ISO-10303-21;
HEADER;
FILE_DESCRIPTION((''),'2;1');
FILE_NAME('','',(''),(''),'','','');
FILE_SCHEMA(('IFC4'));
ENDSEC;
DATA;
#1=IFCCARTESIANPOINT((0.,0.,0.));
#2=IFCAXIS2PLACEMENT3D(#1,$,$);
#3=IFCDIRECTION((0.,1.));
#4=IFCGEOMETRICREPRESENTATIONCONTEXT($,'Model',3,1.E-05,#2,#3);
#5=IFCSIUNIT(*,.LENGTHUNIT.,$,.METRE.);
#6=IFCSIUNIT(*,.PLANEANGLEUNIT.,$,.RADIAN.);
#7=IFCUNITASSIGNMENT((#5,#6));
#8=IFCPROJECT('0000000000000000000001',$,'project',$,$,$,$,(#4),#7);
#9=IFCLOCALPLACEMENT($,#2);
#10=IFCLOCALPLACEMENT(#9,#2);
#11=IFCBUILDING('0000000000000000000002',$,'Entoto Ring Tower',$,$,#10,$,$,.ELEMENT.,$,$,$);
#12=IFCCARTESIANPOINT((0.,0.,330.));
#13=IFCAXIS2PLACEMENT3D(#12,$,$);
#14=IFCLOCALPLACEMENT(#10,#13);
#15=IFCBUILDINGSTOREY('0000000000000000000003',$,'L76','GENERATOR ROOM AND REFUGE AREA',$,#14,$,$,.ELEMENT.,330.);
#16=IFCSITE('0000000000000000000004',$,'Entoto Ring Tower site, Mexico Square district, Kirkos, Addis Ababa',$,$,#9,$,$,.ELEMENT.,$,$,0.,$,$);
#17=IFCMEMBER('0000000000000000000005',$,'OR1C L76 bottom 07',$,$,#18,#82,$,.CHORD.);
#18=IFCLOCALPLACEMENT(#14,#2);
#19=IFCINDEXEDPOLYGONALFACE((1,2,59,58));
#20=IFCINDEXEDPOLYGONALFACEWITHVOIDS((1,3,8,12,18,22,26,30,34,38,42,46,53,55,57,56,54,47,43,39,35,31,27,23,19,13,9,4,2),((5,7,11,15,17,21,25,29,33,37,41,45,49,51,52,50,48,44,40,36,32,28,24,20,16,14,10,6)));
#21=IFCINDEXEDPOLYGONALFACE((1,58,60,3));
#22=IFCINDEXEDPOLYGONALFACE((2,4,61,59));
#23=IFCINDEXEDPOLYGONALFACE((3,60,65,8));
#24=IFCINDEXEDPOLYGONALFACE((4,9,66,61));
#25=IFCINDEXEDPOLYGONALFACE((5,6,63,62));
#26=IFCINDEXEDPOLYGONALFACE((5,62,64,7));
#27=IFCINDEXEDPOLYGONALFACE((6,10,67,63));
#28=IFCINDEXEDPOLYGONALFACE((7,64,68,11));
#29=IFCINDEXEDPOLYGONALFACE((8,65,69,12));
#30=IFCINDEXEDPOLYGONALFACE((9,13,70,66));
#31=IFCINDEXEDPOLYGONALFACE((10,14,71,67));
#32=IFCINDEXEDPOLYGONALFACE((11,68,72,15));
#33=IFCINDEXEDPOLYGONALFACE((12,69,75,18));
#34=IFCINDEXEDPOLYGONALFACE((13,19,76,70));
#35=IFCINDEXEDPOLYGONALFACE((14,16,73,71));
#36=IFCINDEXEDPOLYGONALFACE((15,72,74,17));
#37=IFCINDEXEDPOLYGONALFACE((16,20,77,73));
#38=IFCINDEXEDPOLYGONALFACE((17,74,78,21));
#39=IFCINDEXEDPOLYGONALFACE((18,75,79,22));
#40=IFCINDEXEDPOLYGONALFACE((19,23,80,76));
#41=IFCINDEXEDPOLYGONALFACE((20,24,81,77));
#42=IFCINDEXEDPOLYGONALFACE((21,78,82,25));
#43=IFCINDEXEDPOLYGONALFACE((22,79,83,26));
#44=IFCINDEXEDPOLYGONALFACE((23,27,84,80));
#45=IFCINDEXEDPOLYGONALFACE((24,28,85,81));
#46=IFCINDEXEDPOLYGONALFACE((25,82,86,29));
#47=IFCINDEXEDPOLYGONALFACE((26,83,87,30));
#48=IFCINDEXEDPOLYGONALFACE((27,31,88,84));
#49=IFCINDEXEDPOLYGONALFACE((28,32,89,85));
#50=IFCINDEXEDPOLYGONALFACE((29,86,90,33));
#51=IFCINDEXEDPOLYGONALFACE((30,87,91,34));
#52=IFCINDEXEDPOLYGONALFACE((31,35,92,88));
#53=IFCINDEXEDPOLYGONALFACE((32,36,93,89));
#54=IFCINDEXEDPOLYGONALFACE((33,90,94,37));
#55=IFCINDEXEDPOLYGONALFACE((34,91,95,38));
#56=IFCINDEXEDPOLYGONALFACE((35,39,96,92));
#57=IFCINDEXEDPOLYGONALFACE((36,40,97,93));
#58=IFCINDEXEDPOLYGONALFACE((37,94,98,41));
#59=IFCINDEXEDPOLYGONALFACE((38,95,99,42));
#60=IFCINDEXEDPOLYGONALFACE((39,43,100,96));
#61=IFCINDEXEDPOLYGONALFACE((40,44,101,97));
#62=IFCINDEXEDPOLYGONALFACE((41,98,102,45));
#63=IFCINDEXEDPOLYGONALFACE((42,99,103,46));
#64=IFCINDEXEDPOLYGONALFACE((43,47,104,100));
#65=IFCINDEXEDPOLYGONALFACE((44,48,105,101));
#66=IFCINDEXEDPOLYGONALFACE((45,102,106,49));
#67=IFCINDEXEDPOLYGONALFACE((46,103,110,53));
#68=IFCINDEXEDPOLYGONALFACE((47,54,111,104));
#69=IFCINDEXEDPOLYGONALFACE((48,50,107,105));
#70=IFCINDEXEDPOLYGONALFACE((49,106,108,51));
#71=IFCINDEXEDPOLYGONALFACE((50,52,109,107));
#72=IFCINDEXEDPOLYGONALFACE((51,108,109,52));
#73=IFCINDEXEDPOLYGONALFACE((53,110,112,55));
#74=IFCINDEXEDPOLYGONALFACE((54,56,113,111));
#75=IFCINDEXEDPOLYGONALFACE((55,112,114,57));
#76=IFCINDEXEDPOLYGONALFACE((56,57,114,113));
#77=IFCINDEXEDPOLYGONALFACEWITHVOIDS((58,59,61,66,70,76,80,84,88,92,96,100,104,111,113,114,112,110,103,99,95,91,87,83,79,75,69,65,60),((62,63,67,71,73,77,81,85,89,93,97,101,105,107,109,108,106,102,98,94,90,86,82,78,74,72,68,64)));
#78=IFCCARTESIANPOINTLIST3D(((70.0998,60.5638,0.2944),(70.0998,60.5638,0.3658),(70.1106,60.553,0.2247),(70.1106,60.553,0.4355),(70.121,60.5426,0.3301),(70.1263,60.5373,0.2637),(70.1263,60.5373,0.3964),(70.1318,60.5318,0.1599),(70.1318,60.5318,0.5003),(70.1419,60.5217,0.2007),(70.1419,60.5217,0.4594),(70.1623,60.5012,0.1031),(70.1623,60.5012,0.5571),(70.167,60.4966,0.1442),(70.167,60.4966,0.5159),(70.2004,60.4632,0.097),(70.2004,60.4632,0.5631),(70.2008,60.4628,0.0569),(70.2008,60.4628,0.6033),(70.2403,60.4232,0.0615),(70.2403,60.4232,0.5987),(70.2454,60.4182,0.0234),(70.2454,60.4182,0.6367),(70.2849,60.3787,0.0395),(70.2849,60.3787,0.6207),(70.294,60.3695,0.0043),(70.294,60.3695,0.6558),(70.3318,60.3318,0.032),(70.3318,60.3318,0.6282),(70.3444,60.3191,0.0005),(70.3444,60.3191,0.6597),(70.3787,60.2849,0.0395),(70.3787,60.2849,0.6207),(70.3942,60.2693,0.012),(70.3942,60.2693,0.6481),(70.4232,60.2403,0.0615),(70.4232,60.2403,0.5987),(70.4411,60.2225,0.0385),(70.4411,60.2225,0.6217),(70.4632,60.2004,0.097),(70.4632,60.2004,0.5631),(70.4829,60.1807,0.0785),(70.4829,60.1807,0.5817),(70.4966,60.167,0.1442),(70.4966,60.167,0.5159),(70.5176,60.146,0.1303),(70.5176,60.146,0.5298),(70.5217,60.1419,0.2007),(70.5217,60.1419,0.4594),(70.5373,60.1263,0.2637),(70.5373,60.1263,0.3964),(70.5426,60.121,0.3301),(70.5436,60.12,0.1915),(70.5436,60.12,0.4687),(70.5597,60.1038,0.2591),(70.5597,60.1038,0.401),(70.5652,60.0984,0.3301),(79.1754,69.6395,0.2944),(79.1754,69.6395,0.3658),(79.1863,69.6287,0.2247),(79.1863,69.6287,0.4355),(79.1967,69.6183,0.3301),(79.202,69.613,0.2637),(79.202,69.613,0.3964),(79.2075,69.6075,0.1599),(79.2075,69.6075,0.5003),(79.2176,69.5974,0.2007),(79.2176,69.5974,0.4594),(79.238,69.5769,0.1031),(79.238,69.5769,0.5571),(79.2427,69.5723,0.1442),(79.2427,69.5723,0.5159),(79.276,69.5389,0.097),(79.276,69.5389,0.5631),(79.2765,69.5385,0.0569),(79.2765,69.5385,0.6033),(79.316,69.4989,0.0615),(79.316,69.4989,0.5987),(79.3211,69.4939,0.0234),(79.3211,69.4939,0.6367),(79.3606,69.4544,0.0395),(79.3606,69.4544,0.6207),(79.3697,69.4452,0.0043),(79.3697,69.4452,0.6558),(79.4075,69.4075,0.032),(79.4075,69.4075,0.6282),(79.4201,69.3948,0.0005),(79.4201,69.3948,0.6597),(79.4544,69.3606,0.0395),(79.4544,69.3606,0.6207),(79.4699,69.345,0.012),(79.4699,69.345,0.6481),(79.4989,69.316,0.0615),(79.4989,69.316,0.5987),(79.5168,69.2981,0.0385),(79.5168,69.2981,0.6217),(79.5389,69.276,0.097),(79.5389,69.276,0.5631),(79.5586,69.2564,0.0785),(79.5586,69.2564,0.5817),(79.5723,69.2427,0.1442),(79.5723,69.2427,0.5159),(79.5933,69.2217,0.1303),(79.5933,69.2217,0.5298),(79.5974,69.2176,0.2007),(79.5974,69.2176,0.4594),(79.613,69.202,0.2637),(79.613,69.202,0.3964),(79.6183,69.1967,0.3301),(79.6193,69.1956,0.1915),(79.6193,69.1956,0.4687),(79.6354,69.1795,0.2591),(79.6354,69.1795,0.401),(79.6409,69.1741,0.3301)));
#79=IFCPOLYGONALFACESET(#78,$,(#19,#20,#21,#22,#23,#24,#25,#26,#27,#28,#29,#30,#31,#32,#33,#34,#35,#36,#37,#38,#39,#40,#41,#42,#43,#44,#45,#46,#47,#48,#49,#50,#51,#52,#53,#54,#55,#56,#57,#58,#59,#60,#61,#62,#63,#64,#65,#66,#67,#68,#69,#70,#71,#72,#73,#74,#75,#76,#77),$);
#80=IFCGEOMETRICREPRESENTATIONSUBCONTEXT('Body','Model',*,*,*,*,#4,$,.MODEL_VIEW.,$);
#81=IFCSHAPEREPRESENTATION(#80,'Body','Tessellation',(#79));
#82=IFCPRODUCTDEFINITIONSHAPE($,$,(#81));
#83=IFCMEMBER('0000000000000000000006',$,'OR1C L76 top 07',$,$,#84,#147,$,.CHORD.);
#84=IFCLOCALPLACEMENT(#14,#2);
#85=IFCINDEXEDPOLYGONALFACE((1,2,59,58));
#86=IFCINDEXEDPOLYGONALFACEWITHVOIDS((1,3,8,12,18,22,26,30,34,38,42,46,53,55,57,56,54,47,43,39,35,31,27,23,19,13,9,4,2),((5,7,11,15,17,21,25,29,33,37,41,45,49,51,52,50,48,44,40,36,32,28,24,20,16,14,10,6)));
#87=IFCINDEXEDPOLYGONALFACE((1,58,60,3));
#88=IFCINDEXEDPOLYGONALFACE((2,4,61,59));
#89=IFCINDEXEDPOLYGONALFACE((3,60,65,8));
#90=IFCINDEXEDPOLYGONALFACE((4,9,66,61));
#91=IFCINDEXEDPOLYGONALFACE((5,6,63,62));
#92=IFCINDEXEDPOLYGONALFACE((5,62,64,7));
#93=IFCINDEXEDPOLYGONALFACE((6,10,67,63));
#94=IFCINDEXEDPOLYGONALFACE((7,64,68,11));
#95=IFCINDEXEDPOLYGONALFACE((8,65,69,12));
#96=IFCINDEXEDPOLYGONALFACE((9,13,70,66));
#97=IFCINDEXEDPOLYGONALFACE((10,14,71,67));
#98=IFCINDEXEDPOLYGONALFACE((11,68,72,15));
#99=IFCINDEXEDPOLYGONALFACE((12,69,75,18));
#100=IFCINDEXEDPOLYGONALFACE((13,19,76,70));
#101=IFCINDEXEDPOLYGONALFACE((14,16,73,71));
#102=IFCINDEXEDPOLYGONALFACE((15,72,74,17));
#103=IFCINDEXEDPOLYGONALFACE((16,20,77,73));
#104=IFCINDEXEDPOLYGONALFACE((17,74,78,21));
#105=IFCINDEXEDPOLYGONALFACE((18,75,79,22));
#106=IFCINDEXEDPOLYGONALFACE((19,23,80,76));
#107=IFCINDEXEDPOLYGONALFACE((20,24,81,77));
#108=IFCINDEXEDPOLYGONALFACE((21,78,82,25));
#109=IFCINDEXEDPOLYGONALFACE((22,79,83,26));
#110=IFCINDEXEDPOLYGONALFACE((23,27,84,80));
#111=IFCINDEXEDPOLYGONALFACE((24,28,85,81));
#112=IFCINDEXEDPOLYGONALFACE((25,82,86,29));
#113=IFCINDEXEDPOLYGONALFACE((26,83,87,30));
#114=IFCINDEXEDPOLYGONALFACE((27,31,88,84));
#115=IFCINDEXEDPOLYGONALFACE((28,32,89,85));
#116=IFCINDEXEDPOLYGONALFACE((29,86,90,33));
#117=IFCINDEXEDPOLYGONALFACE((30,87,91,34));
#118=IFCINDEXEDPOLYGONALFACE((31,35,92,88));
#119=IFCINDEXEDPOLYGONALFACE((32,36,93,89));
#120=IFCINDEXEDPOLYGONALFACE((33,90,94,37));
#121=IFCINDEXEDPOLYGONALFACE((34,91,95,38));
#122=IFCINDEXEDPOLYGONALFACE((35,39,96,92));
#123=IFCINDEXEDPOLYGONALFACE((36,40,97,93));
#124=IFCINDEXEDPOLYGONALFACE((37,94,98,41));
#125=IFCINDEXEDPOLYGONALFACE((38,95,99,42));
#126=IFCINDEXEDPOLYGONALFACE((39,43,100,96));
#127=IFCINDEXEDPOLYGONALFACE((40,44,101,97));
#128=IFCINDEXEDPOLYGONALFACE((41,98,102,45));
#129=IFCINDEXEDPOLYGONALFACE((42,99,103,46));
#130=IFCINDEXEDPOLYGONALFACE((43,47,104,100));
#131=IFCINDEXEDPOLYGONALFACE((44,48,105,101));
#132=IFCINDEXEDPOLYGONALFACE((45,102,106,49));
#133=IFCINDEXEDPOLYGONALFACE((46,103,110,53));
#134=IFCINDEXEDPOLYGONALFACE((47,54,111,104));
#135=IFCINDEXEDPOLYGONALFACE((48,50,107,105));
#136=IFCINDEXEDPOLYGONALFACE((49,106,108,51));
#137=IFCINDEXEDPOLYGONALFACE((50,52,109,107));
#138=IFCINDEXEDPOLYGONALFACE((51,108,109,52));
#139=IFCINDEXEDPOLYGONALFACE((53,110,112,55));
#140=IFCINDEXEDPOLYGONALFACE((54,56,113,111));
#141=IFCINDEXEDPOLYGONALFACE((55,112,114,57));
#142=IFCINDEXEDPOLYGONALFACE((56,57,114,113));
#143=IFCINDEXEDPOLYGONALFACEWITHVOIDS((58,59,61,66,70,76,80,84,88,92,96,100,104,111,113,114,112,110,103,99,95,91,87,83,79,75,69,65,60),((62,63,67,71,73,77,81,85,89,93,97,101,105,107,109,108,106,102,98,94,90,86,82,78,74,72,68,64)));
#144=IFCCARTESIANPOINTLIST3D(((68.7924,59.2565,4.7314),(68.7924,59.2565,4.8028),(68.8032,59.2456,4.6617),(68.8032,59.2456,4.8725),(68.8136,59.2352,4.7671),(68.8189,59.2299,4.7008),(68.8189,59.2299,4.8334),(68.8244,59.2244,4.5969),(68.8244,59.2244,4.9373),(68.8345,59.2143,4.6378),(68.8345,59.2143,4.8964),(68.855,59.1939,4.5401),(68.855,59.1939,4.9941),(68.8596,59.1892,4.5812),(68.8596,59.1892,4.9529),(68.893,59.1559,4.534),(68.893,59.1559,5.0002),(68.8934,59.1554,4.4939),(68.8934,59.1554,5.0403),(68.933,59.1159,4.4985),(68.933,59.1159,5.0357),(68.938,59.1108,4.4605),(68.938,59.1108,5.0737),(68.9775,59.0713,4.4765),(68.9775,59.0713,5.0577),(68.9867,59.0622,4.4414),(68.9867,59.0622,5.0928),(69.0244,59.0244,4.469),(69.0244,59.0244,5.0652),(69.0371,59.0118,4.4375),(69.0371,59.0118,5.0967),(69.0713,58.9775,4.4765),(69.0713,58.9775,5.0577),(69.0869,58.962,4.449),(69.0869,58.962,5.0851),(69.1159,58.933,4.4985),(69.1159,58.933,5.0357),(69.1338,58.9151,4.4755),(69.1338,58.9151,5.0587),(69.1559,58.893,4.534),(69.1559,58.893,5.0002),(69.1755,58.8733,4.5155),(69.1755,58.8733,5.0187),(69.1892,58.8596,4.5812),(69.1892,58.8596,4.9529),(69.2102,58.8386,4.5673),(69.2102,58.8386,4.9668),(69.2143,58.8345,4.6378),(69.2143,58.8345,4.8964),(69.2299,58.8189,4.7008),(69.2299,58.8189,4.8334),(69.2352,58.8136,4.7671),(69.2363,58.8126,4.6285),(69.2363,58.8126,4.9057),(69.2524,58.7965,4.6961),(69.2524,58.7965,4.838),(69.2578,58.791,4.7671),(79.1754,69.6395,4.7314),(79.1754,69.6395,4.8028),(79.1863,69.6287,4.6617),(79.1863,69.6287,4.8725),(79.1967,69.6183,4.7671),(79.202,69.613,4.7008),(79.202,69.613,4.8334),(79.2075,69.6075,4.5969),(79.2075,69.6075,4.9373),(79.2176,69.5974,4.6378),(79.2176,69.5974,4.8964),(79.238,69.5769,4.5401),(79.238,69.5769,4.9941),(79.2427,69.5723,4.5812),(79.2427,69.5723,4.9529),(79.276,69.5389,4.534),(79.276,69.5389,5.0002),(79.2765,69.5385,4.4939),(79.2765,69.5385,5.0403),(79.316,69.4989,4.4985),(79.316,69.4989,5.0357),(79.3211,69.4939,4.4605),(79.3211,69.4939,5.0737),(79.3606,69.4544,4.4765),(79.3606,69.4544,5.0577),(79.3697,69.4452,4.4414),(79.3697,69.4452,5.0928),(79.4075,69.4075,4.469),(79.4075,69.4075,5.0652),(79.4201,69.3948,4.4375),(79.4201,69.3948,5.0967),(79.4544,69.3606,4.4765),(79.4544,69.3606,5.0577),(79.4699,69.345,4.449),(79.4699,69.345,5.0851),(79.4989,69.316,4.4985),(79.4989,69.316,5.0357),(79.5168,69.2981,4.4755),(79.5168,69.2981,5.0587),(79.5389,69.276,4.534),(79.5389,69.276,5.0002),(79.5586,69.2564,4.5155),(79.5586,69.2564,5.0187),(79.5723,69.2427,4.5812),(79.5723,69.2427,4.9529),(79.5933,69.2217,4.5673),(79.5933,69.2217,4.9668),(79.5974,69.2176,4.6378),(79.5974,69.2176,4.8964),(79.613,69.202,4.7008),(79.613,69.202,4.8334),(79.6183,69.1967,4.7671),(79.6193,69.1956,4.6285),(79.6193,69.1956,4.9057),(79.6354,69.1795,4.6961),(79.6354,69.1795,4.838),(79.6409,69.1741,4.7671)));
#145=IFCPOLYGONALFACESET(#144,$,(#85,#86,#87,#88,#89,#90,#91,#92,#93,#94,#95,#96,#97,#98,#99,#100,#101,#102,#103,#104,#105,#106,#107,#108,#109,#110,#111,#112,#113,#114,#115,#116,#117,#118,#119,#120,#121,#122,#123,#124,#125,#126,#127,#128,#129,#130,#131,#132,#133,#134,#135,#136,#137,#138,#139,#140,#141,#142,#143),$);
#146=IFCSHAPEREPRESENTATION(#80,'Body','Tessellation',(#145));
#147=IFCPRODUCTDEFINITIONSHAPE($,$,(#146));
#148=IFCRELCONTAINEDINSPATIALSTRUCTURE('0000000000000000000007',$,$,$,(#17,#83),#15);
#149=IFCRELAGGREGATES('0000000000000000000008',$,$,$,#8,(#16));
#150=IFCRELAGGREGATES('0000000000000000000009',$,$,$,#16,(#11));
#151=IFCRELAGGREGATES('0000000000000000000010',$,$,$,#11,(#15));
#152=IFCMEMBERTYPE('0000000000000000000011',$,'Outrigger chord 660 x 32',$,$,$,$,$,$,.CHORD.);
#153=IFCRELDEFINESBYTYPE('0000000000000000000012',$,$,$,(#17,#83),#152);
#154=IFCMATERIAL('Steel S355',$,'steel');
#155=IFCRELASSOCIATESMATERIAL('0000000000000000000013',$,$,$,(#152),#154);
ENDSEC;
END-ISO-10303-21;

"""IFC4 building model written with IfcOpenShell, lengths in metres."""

from ifc_helpers import new_model, si_unit, direction, frame, origin, origin_2d, place, context, subcontext, project, spatial, circle, hollow_circle, extrude, material, material_profile, profile_set, type_object, element, save


model = new_model("IFC4")

# Units and contexts
model_context = context("Model", 3, precision=1e-05, world=origin(), true_north=direction((0.0, 1.0)))
body_context = subcontext(model_context, "Body", "Model", "MODEL_VIEW")
ifc_project = project(units=[si_unit("LENGTHUNIT", "METRE"), si_unit("PLANEANGLEUNIT", "RADIAN")], contexts=[model_context])

# Site, building, storey
site_placement = place(None, origin())
site = spatial("IfcSite", under=ifc_project, at=site_placement, Name="Entoto Ring Tower site, Mexico Square district, Kirkos, Addis Ababa", CompositionType="ELEMENT", RefElevation=0.0)
building_placement = place(site_placement, origin())
building = spatial("IfcBuilding", under=site, at=building_placement, Name="Entoto Ring Tower", CompositionType="ELEMENT")
storey_placement = place(building_placement, frame((0.0, 0.0, 330.0)))
storey = spatial("IfcBuildingStorey", under=building, at=storey_placement, Name="L76", Description="GENERATOR ROOM AND REFUGE AREA", CompositionType="ELEMENT", Elevation=330.0)

# Members
ifc_material_1 = material(Name="Steel S355", Category="steel")
ifc_material_profile_1 = material_profile(ifc_material_1, hollow_circle(Radius=0.3301, WallThickness=0.032, at=origin_2d()), Name="CHS 660 x 32")
ifc_material_2 = material(Name="Concrete C60/75", Category="concrete")
ifc_material_profile_2 = material_profile(ifc_material_2, circle(Radius=0.2981, at=origin_2d()), Name="Concrete C60/75 infill")
ifc_profile_set_1 = profile_set([ifc_material_profile_1, ifc_material_profile_2], Name="Steel S355")
member_type_1 = type_object("IfcMemberType", Name="Outrigger chord 660 x 32", PredefinedType="CHORD", material=ifc_profile_set_1)
member_1_placement = place(storey_placement, frame((79.4075, 69.4075, 0.3301), z_axis=(-0.707107, -0.707107, 0.0), x_axis=(0.707107, -0.707107, 0.0)))
element("IfcMember", 1, at=member_1_placement, inside=storey, type_object=member_type_1, Name="OR1C L76 bottom 07", PredefinedType="CHORD", context=body_context, shape_type="SweptSolid", body=[
    extrude(hollow_circle(Radius=0.3301, WallThickness=0.032, at=origin_2d()), origin(), (0.0, 0.0, 1.0), 12.835),
])
member_2_placement = place(storey_placement, frame((79.4075, 69.4075, 4.7671), z_axis=(-0.707107, -0.707107, 0.0), x_axis=(0.707107, -0.707107, 0.0)))
element("IfcMember", 2, at=member_2_placement, inside=storey, type_object=member_type_1, Name="OR1C L76 top 07", PredefinedType="CHORD", context=body_context, shape_type="SweptSolid", body=[
    extrude(hollow_circle(Radius=0.3301, WallThickness=0.032, at=origin_2d()), origin(), (0.0, 0.0, 1.0), 14.6838),
])

save(model, "model.ifc")
